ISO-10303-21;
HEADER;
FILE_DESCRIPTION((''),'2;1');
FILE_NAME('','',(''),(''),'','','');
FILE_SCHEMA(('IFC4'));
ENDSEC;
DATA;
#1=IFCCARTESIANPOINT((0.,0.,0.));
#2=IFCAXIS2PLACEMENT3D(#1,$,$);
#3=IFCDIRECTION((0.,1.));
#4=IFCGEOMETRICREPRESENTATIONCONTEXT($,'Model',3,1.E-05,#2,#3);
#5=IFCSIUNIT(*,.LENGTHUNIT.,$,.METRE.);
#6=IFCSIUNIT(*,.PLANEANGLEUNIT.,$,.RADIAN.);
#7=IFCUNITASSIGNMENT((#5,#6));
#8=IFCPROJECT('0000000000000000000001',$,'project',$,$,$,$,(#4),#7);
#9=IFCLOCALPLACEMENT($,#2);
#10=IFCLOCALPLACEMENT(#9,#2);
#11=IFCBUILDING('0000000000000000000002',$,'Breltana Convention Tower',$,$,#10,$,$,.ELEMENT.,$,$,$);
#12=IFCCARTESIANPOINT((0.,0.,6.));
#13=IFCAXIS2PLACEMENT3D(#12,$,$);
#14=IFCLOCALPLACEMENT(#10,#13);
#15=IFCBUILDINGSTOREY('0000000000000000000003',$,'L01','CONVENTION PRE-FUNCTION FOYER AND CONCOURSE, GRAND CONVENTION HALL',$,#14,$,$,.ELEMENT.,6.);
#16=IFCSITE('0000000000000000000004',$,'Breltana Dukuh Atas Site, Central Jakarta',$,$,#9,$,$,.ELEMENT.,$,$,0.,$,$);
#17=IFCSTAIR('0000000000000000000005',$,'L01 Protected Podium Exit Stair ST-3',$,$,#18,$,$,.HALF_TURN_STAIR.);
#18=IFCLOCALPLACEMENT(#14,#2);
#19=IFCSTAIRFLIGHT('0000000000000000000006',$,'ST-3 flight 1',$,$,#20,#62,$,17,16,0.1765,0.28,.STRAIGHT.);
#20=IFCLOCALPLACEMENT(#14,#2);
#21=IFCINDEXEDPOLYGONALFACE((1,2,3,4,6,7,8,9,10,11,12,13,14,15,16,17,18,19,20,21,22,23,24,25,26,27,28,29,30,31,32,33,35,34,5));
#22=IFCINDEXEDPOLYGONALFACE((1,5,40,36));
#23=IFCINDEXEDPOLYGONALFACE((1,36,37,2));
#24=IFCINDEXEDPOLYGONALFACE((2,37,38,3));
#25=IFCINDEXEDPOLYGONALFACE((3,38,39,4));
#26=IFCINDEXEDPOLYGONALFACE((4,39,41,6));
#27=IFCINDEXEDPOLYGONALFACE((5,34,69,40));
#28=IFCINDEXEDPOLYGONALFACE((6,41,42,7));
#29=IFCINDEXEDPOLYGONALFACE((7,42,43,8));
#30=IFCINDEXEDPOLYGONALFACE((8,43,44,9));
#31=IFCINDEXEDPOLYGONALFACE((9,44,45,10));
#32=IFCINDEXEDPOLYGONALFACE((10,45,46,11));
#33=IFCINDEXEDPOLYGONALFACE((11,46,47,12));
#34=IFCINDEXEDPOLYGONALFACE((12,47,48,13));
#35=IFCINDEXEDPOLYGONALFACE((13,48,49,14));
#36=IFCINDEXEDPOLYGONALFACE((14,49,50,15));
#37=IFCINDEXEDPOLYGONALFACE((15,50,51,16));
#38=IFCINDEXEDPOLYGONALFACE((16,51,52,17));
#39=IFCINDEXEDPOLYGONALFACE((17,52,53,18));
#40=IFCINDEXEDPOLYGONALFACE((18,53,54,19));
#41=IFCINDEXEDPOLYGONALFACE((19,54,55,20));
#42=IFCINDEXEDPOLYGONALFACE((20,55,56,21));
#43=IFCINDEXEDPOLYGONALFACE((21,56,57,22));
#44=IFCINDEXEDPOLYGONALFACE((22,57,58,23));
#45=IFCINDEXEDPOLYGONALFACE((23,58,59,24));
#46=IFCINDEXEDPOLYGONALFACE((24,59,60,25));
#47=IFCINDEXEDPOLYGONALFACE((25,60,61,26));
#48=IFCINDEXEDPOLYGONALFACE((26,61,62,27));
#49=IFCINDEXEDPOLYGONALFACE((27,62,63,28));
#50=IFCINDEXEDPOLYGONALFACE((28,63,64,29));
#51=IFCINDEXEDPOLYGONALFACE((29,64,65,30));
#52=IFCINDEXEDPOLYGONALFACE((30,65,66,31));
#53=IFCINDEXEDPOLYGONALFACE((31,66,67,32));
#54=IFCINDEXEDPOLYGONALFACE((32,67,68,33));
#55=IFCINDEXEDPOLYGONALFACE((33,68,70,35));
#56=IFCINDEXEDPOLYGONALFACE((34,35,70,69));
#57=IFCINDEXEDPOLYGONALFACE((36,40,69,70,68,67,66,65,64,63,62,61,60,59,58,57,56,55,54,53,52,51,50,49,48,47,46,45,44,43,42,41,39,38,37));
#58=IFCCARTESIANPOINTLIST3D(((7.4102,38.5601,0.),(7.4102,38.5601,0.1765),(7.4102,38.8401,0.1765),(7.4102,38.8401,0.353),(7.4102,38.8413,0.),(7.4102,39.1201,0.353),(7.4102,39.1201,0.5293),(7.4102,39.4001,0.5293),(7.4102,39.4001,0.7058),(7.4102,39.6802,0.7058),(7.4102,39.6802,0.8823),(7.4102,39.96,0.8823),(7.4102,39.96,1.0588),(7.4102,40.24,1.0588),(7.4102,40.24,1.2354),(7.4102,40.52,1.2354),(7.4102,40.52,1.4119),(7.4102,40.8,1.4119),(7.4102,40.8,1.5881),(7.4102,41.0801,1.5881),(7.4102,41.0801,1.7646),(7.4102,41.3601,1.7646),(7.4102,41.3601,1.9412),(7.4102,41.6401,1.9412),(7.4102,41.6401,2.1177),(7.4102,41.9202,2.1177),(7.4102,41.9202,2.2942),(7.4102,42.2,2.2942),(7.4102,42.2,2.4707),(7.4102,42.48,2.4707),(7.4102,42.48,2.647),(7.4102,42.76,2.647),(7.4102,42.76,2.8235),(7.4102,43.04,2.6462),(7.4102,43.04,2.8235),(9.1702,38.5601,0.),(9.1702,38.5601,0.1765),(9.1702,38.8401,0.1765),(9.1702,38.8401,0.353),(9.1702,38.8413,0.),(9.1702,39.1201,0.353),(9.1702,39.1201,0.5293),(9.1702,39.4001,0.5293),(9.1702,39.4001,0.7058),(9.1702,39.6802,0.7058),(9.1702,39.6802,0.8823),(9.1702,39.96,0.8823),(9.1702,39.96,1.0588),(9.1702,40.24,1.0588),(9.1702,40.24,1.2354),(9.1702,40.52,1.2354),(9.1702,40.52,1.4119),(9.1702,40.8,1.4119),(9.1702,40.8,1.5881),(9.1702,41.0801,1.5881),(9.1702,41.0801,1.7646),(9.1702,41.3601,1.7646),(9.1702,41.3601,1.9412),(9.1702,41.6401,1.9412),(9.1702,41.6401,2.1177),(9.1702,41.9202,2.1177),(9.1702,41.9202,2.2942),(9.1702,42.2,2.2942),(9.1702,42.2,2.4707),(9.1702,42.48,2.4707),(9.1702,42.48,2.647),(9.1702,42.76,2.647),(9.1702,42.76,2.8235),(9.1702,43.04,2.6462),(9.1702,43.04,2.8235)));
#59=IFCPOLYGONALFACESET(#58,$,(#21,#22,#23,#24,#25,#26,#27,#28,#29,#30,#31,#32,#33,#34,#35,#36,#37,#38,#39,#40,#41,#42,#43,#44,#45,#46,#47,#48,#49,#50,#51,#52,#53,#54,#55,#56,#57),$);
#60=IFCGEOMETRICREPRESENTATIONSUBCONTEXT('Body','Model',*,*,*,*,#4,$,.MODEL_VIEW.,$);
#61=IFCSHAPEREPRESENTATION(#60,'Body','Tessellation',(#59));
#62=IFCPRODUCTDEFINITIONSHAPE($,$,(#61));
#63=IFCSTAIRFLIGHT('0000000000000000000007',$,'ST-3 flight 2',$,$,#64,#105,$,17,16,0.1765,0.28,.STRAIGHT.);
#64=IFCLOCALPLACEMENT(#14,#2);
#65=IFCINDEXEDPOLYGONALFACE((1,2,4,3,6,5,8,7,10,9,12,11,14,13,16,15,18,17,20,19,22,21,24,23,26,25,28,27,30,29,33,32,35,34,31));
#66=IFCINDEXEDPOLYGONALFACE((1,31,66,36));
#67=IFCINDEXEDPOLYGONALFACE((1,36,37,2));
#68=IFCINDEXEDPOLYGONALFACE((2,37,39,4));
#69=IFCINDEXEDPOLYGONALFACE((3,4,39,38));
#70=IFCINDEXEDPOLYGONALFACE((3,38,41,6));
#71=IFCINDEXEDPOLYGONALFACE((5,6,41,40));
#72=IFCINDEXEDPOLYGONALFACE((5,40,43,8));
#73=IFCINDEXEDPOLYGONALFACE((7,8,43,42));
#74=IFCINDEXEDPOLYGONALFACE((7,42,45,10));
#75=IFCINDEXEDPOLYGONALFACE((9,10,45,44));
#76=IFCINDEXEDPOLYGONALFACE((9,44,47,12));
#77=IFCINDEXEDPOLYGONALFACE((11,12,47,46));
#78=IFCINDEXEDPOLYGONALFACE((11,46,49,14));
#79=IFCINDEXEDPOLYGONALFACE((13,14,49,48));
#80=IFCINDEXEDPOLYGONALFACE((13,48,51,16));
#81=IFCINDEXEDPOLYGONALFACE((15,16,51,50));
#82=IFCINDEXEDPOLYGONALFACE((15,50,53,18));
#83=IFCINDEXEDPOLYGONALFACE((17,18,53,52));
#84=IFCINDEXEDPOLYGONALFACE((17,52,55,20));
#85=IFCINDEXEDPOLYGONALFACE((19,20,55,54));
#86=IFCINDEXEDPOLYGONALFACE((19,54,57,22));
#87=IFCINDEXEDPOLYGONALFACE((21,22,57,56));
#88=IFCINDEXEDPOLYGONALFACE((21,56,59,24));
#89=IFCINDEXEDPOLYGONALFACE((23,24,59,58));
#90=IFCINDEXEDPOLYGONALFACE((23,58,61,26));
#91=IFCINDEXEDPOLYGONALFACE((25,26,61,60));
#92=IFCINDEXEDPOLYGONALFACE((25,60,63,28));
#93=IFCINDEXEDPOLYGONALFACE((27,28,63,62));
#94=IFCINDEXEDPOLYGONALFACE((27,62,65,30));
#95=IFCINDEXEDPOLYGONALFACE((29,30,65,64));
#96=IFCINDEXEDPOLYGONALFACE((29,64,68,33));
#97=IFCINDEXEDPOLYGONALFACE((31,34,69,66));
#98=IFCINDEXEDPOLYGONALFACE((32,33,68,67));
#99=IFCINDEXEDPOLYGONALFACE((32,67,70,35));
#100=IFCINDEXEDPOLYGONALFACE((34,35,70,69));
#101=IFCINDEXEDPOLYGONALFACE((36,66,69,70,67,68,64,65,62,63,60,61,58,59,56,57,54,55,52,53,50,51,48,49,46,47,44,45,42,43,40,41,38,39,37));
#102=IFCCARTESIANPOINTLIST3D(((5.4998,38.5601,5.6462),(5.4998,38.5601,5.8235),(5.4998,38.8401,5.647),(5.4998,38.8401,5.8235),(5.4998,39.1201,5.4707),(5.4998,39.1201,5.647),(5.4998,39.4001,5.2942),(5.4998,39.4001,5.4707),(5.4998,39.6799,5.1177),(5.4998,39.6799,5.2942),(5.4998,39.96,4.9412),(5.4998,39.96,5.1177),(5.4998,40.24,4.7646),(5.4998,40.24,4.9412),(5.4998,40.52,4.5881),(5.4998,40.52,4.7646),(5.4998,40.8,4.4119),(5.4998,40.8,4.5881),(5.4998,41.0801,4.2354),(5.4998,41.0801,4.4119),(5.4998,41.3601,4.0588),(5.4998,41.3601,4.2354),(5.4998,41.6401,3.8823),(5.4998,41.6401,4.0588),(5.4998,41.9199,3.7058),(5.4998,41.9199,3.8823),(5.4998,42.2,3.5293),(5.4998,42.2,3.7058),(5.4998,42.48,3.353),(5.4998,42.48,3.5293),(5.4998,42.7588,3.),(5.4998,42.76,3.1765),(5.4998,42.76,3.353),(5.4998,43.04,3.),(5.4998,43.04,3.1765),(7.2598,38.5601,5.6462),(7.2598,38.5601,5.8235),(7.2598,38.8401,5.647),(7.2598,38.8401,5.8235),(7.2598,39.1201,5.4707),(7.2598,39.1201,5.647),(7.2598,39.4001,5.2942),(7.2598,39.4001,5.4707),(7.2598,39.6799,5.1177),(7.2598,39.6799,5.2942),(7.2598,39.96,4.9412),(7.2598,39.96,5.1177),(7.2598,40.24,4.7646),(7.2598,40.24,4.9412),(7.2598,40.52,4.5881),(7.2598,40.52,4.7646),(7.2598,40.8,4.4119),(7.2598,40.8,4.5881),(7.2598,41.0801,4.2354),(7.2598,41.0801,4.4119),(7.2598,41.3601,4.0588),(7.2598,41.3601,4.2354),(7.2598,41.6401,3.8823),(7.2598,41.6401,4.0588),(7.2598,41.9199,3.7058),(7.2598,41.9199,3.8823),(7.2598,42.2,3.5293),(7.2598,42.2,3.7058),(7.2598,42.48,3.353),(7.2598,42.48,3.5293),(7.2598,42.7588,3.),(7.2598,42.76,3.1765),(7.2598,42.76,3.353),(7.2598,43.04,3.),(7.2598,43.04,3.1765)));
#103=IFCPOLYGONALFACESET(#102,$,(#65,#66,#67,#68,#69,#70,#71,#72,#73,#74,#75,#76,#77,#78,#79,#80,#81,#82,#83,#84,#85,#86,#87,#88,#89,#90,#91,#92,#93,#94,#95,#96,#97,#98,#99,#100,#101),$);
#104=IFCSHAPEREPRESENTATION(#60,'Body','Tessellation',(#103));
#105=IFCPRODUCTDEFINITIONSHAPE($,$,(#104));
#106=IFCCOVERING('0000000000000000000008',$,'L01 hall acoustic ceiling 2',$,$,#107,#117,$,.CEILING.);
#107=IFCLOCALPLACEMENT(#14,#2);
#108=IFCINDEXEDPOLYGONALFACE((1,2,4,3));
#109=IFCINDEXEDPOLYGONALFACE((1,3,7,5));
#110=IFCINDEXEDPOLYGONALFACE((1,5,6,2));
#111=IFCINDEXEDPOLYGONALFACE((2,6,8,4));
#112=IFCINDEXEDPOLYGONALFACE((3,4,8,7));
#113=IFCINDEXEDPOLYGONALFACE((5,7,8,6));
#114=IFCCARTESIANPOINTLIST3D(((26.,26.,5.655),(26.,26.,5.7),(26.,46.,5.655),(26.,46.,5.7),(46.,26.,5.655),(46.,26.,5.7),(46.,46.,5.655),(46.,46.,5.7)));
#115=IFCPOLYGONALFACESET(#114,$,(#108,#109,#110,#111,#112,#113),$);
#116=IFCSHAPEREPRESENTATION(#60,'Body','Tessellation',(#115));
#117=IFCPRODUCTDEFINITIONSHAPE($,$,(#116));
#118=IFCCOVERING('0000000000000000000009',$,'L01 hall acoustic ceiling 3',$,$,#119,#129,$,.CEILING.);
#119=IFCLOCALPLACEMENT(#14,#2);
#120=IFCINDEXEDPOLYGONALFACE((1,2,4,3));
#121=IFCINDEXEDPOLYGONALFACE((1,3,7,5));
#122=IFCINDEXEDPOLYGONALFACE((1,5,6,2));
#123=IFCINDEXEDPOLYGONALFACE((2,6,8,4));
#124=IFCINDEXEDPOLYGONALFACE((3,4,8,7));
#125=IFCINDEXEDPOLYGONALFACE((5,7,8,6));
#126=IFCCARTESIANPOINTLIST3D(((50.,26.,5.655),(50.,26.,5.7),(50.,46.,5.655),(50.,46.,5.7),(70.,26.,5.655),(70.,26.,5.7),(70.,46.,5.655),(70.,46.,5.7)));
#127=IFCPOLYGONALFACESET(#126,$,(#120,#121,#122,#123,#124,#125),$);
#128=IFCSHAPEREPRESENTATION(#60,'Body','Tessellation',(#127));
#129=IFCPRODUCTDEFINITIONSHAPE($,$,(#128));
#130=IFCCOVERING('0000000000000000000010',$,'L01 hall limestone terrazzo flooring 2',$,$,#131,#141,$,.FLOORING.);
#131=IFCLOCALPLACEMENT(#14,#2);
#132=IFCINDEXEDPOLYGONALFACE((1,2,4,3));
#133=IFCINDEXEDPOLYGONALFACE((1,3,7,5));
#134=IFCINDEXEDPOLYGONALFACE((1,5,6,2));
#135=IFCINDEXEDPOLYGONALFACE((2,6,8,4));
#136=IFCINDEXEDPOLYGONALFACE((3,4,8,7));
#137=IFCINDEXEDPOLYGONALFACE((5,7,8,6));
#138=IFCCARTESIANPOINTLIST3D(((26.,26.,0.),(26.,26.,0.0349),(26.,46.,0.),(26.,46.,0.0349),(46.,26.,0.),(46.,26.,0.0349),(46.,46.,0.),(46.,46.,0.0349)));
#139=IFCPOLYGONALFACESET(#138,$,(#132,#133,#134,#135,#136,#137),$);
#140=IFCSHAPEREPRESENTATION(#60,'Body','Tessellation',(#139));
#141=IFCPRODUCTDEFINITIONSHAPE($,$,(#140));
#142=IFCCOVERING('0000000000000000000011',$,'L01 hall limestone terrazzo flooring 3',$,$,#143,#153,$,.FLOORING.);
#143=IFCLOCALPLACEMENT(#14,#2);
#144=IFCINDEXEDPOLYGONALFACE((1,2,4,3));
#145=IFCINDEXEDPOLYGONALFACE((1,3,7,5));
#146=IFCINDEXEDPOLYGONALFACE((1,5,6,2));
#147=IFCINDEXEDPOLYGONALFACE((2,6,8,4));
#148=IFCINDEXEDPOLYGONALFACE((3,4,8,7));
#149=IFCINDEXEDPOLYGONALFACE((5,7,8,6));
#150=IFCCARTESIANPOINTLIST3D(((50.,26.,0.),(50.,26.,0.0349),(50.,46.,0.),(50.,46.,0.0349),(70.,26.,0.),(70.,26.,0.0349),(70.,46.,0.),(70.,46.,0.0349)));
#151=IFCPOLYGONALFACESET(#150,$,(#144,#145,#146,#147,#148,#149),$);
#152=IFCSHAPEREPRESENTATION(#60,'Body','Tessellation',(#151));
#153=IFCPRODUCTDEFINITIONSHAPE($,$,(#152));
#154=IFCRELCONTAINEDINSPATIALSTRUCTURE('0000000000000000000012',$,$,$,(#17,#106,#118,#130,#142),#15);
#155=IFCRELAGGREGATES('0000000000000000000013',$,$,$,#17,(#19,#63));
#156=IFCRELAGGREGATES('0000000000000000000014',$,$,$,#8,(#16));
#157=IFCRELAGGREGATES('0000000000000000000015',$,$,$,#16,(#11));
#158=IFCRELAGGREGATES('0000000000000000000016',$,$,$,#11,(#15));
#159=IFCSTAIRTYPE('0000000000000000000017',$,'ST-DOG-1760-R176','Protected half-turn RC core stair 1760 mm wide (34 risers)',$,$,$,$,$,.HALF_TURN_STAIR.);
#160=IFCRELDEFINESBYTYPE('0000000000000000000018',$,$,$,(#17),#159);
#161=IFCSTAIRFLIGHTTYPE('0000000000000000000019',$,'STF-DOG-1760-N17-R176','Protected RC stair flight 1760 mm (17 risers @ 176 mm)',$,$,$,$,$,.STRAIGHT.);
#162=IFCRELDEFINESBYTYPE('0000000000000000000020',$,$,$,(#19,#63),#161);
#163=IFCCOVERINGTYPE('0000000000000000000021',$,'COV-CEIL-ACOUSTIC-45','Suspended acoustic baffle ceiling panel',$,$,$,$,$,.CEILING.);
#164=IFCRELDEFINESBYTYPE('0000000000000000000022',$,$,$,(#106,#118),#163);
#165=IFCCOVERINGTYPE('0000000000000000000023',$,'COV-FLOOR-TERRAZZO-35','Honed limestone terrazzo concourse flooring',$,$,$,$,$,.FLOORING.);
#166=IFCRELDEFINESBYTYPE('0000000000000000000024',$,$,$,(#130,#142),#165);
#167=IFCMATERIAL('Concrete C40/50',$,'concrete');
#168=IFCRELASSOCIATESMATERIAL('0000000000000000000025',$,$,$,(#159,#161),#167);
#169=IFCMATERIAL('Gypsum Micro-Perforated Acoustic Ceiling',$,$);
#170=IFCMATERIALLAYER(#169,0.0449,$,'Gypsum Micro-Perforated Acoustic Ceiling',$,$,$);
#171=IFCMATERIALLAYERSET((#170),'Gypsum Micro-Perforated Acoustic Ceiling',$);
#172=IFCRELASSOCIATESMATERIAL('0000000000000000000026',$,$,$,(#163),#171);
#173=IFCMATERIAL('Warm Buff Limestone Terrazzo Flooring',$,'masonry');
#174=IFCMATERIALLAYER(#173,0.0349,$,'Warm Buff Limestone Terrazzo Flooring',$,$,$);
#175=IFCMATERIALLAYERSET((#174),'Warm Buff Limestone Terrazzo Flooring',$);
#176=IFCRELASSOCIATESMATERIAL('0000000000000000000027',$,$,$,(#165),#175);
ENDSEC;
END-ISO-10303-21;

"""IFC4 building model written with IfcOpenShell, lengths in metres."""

from ifc_helpers import new_model, si_unit, direction, frame, origin, place, context, subcontext, project, spatial, polyline, outline, extrude, material, layer, layer_set, type_object, element, aggregate, save


model = new_model("IFC4")

# Units and contexts
model_context = context("Model", 3, precision=1e-05, world=origin(), true_north=direction((0.0, 1.0)))
body_context = subcontext(model_context, "Body", "Model", "MODEL_VIEW")
ifc_project = project(units=[si_unit("LENGTHUNIT", "METRE"), si_unit("PLANEANGLEUNIT", "RADIAN")], contexts=[model_context])

# Site, building, storey
site_placement = place(None, origin())
site = spatial("IfcSite", under=ifc_project, at=site_placement, Name="Breltana Dukuh Atas Site, Central Jakarta", CompositionType="ELEMENT", RefElevation=0.0)
building_placement = place(site_placement, origin())
building = spatial("IfcBuilding", under=site, at=building_placement, Name="Breltana Convention Tower", CompositionType="ELEMENT")
storey_placement = place(building_placement, frame((0.0, 0.0, 6.0)))
storey = spatial("IfcBuildingStorey", under=building, at=storey_placement, Name="L01", Description="CONVENTION PRE-FUNCTION FOYER AND CONCOURSE, GRAND CONVENTION HALL", CompositionType="ELEMENT", Elevation=6.0)

# Shared definitions
ifc_material_1 = material(Name="Concrete C40/50", Category="concrete")

# Stair
stair_type_1 = type_object("IfcStairType", Name="ST-DOG-1760-R176", Description="Protected half-turn RC core stair 1760 mm wide (34 risers)", PredefinedType="HALF_TURN_STAIR", material=ifc_material_1)
stair_1_placement = place(storey_placement, origin())
stair_1 = element("IfcStair", 1, at=stair_1_placement, inside=storey, type_object=stair_type_1, Name="L01 Protected Podium Exit Stair ST-3", PredefinedType="HALF_TURN_STAIR")

# Stair flights
stair_flight_type = type_object("IfcStairFlightType", Name="STF-DOG-1760-N17-R176", Description="Protected RC stair flight 1760 mm (17 risers @ 176 mm)", PredefinedType="STRAIGHT", material=ifc_material_1)
stair_flight_1_placement = place(storey_placement, frame((8.29, 38.5601, 0.0), z_axis=(0.0, 0.0, 1.0), x_axis=(0.0, 1.0, 0.0)))
stair_flight_1 = element("IfcStairFlight", 2, at=stair_flight_1_placement, type_object=stair_flight_type, Name="ST-3 flight 1", NumberOfRisers=17, NumberOfTreads=16, PredefinedType="STRAIGHT", RiserHeight=0.1765, TreadLength=0.28, context=body_context, shape_type="SweptSolid", body=[
    extrude(outline(polyline([(0.0, 0.0), (0.0, 0.1765), (0.28, 0.1765), (0.28, 0.353), (0.5601, 0.353), (0.5601, 0.5293), (0.8401, 0.5293), (0.8401, 0.7058), (1.1201, 0.7058), (1.1201, 0.8823), (1.3999, 0.8823), (1.3999, 1.0588), (1.6799, 1.0588), (1.6799, 1.2354), (1.96, 1.2354), (1.96, 1.4119), (2.24, 1.4119), (2.24, 1.5881), (2.52, 1.5881), (2.52, 1.7646), (2.8, 1.7646), (2.8, 1.9412), (3.0801, 1.9412), (3.0801, 2.1177), (3.3601, 2.1177), (3.3601, 2.2942), (3.6399, 2.2942), (3.6399, 2.4707), (3.9199, 2.4707), (3.9199, 2.647), (4.2, 2.647), (4.2, 2.8235), (4.48, 2.8235), (4.48, 3.0), (4.48, 2.6462), (0.2812, 0.0), (0.0, 0.0)])), frame((0.0, 0.8799, 0.0), z_axis=(0.0, -1.0, 0.0), x_axis=(1.0, 0.0, 0.0)), (0.0, 0.0, 1.0), 1.76),
])
stair_flight_2_placement = place(storey_placement, frame((6.3799, 43.04, 3.0), z_axis=(0.0, 0.0, 1.0), x_axis=(0.0, -1.0, 0.0)))
stair_flight_2 = element("IfcStairFlight", 3, at=stair_flight_2_placement, type_object=stair_flight_type, Name="ST-3 flight 2", NumberOfRisers=17, NumberOfTreads=16, PredefinedType="STRAIGHT", RiserHeight=0.1765, TreadLength=0.28, context=body_context, shape_type="SweptSolid", body=[
    extrude(outline(polyline([(0.0, 0.0), (0.0, 0.1765), (0.28, 0.1765), (0.28, 0.353), (0.5601, 0.353), (0.5601, 0.5293), (0.8401, 0.5293), (0.8401, 0.7058), (1.1201, 0.7058), (1.1201, 0.8823), (1.3999, 0.8823), (1.3999, 1.0588), (1.6799, 1.0588), (1.6799, 1.2354), (1.96, 1.2354), (1.96, 1.4119), (2.24, 1.4119), (2.24, 1.5881), (2.52, 1.5881), (2.52, 1.7646), (2.8, 1.7646), (2.8, 1.9412), (3.0801, 1.9412), (3.0801, 2.1177), (3.3601, 2.1177), (3.3601, 2.2942), (3.6399, 2.2942), (3.6399, 2.4707), (3.9199, 2.4707), (3.9199, 2.647), (4.2, 2.647), (4.2, 2.8235), (4.48, 2.8235), (4.48, 3.0), (4.48, 2.6462), (0.2812, 0.0), (0.0, 0.0)])), frame((0.0, 0.8799, 0.0), z_axis=(0.0, -1.0, 0.0), x_axis=(1.0, 0.0, 0.0)), (0.0, 0.0, 1.0), 1.76),
])
aggregate(stair_1, [stair_flight_1, stair_flight_2])

# Coverings
ifc_material_2 = material(Name="Gypsum Micro-Perforated Acoustic Ceiling")
ifc_layer_1 = layer(ifc_material_2, 0.0449, Name="Gypsum Micro-Perforated Acoustic Ceiling")
ifc_layer_set_1 = layer_set([ifc_layer_1], Name="Gypsum Micro-Perforated Acoustic Ceiling")
covering_type_1 = type_object("IfcCoveringType", Name="COV-CEIL-ACOUSTIC-45", Description="Suspended acoustic baffle ceiling panel", PredefinedType="CEILING", material=ifc_layer_set_1)
covering_1_placement = place(storey_placement, frame((0.0, 0.0, 5.655)))
element("IfcCovering", 4, at=covering_1_placement, inside=storey, type_object=covering_type_1, Name="L01 hall acoustic ceiling 2", PredefinedType="CEILING", context=body_context, shape_type="SweptSolid", body=[
    extrude(outline(polyline([(26.0, 26.0), (46.0, 26.0), (46.0, 46.0), (26.0, 46.0), (26.0, 26.0)])), origin(), (0.0, 0.0, 1.0), 0.0449),
])
covering_2_placement = place(storey_placement, frame((0.0, 0.0, 5.655)))
element("IfcCovering", 5, at=covering_2_placement, inside=storey, type_object=covering_type_1, Name="L01 hall acoustic ceiling 3", PredefinedType="CEILING", context=body_context, shape_type="SweptSolid", body=[
    extrude(outline(polyline([(50.0, 26.0), (70.0, 26.0), (70.0, 46.0), (50.0, 46.0), (50.0, 26.0)])), origin(), (0.0, 0.0, 1.0), 0.0449),
])
ifc_material_3 = material(Name="Warm Buff Limestone Terrazzo Flooring", Category="masonry")
ifc_layer_2 = layer(ifc_material_3, 0.0349, Name="Warm Buff Limestone Terrazzo Flooring")
ifc_layer_set_2 = layer_set([ifc_layer_2], Name="Warm Buff Limestone Terrazzo Flooring")
covering_type_2 = type_object("IfcCoveringType", Name="COV-FLOOR-TERRAZZO-35", Description="Honed limestone terrazzo concourse flooring", PredefinedType="FLOORING", material=ifc_layer_set_2)
covering_3_placement = place(storey_placement, origin())
element("IfcCovering", 6, at=covering_3_placement, inside=storey, type_object=covering_type_2, Name="L01 hall limestone terrazzo flooring 2", PredefinedType="FLOORING", context=body_context, shape_type="SweptSolid", body=[
    extrude(outline(polyline([(26.0, 26.0), (46.0, 26.0), (46.0, 46.0), (26.0, 46.0), (26.0, 26.0)])), origin(), (0.0, 0.0, 1.0), 0.0349),
])
covering_4_placement = place(storey_placement, origin())
element("IfcCovering", 7, at=covering_4_placement, inside=storey, type_object=covering_type_2, Name="L01 hall limestone terrazzo flooring 3", PredefinedType="FLOORING", context=body_context, shape_type="SweptSolid", body=[
    extrude(outline(polyline([(50.0, 26.0), (70.0, 26.0), (70.0, 46.0), (50.0, 46.0), (50.0, 26.0)])), origin(), (0.0, 0.0, 1.0), 0.0349),
])

save(model, "model.ifc")
